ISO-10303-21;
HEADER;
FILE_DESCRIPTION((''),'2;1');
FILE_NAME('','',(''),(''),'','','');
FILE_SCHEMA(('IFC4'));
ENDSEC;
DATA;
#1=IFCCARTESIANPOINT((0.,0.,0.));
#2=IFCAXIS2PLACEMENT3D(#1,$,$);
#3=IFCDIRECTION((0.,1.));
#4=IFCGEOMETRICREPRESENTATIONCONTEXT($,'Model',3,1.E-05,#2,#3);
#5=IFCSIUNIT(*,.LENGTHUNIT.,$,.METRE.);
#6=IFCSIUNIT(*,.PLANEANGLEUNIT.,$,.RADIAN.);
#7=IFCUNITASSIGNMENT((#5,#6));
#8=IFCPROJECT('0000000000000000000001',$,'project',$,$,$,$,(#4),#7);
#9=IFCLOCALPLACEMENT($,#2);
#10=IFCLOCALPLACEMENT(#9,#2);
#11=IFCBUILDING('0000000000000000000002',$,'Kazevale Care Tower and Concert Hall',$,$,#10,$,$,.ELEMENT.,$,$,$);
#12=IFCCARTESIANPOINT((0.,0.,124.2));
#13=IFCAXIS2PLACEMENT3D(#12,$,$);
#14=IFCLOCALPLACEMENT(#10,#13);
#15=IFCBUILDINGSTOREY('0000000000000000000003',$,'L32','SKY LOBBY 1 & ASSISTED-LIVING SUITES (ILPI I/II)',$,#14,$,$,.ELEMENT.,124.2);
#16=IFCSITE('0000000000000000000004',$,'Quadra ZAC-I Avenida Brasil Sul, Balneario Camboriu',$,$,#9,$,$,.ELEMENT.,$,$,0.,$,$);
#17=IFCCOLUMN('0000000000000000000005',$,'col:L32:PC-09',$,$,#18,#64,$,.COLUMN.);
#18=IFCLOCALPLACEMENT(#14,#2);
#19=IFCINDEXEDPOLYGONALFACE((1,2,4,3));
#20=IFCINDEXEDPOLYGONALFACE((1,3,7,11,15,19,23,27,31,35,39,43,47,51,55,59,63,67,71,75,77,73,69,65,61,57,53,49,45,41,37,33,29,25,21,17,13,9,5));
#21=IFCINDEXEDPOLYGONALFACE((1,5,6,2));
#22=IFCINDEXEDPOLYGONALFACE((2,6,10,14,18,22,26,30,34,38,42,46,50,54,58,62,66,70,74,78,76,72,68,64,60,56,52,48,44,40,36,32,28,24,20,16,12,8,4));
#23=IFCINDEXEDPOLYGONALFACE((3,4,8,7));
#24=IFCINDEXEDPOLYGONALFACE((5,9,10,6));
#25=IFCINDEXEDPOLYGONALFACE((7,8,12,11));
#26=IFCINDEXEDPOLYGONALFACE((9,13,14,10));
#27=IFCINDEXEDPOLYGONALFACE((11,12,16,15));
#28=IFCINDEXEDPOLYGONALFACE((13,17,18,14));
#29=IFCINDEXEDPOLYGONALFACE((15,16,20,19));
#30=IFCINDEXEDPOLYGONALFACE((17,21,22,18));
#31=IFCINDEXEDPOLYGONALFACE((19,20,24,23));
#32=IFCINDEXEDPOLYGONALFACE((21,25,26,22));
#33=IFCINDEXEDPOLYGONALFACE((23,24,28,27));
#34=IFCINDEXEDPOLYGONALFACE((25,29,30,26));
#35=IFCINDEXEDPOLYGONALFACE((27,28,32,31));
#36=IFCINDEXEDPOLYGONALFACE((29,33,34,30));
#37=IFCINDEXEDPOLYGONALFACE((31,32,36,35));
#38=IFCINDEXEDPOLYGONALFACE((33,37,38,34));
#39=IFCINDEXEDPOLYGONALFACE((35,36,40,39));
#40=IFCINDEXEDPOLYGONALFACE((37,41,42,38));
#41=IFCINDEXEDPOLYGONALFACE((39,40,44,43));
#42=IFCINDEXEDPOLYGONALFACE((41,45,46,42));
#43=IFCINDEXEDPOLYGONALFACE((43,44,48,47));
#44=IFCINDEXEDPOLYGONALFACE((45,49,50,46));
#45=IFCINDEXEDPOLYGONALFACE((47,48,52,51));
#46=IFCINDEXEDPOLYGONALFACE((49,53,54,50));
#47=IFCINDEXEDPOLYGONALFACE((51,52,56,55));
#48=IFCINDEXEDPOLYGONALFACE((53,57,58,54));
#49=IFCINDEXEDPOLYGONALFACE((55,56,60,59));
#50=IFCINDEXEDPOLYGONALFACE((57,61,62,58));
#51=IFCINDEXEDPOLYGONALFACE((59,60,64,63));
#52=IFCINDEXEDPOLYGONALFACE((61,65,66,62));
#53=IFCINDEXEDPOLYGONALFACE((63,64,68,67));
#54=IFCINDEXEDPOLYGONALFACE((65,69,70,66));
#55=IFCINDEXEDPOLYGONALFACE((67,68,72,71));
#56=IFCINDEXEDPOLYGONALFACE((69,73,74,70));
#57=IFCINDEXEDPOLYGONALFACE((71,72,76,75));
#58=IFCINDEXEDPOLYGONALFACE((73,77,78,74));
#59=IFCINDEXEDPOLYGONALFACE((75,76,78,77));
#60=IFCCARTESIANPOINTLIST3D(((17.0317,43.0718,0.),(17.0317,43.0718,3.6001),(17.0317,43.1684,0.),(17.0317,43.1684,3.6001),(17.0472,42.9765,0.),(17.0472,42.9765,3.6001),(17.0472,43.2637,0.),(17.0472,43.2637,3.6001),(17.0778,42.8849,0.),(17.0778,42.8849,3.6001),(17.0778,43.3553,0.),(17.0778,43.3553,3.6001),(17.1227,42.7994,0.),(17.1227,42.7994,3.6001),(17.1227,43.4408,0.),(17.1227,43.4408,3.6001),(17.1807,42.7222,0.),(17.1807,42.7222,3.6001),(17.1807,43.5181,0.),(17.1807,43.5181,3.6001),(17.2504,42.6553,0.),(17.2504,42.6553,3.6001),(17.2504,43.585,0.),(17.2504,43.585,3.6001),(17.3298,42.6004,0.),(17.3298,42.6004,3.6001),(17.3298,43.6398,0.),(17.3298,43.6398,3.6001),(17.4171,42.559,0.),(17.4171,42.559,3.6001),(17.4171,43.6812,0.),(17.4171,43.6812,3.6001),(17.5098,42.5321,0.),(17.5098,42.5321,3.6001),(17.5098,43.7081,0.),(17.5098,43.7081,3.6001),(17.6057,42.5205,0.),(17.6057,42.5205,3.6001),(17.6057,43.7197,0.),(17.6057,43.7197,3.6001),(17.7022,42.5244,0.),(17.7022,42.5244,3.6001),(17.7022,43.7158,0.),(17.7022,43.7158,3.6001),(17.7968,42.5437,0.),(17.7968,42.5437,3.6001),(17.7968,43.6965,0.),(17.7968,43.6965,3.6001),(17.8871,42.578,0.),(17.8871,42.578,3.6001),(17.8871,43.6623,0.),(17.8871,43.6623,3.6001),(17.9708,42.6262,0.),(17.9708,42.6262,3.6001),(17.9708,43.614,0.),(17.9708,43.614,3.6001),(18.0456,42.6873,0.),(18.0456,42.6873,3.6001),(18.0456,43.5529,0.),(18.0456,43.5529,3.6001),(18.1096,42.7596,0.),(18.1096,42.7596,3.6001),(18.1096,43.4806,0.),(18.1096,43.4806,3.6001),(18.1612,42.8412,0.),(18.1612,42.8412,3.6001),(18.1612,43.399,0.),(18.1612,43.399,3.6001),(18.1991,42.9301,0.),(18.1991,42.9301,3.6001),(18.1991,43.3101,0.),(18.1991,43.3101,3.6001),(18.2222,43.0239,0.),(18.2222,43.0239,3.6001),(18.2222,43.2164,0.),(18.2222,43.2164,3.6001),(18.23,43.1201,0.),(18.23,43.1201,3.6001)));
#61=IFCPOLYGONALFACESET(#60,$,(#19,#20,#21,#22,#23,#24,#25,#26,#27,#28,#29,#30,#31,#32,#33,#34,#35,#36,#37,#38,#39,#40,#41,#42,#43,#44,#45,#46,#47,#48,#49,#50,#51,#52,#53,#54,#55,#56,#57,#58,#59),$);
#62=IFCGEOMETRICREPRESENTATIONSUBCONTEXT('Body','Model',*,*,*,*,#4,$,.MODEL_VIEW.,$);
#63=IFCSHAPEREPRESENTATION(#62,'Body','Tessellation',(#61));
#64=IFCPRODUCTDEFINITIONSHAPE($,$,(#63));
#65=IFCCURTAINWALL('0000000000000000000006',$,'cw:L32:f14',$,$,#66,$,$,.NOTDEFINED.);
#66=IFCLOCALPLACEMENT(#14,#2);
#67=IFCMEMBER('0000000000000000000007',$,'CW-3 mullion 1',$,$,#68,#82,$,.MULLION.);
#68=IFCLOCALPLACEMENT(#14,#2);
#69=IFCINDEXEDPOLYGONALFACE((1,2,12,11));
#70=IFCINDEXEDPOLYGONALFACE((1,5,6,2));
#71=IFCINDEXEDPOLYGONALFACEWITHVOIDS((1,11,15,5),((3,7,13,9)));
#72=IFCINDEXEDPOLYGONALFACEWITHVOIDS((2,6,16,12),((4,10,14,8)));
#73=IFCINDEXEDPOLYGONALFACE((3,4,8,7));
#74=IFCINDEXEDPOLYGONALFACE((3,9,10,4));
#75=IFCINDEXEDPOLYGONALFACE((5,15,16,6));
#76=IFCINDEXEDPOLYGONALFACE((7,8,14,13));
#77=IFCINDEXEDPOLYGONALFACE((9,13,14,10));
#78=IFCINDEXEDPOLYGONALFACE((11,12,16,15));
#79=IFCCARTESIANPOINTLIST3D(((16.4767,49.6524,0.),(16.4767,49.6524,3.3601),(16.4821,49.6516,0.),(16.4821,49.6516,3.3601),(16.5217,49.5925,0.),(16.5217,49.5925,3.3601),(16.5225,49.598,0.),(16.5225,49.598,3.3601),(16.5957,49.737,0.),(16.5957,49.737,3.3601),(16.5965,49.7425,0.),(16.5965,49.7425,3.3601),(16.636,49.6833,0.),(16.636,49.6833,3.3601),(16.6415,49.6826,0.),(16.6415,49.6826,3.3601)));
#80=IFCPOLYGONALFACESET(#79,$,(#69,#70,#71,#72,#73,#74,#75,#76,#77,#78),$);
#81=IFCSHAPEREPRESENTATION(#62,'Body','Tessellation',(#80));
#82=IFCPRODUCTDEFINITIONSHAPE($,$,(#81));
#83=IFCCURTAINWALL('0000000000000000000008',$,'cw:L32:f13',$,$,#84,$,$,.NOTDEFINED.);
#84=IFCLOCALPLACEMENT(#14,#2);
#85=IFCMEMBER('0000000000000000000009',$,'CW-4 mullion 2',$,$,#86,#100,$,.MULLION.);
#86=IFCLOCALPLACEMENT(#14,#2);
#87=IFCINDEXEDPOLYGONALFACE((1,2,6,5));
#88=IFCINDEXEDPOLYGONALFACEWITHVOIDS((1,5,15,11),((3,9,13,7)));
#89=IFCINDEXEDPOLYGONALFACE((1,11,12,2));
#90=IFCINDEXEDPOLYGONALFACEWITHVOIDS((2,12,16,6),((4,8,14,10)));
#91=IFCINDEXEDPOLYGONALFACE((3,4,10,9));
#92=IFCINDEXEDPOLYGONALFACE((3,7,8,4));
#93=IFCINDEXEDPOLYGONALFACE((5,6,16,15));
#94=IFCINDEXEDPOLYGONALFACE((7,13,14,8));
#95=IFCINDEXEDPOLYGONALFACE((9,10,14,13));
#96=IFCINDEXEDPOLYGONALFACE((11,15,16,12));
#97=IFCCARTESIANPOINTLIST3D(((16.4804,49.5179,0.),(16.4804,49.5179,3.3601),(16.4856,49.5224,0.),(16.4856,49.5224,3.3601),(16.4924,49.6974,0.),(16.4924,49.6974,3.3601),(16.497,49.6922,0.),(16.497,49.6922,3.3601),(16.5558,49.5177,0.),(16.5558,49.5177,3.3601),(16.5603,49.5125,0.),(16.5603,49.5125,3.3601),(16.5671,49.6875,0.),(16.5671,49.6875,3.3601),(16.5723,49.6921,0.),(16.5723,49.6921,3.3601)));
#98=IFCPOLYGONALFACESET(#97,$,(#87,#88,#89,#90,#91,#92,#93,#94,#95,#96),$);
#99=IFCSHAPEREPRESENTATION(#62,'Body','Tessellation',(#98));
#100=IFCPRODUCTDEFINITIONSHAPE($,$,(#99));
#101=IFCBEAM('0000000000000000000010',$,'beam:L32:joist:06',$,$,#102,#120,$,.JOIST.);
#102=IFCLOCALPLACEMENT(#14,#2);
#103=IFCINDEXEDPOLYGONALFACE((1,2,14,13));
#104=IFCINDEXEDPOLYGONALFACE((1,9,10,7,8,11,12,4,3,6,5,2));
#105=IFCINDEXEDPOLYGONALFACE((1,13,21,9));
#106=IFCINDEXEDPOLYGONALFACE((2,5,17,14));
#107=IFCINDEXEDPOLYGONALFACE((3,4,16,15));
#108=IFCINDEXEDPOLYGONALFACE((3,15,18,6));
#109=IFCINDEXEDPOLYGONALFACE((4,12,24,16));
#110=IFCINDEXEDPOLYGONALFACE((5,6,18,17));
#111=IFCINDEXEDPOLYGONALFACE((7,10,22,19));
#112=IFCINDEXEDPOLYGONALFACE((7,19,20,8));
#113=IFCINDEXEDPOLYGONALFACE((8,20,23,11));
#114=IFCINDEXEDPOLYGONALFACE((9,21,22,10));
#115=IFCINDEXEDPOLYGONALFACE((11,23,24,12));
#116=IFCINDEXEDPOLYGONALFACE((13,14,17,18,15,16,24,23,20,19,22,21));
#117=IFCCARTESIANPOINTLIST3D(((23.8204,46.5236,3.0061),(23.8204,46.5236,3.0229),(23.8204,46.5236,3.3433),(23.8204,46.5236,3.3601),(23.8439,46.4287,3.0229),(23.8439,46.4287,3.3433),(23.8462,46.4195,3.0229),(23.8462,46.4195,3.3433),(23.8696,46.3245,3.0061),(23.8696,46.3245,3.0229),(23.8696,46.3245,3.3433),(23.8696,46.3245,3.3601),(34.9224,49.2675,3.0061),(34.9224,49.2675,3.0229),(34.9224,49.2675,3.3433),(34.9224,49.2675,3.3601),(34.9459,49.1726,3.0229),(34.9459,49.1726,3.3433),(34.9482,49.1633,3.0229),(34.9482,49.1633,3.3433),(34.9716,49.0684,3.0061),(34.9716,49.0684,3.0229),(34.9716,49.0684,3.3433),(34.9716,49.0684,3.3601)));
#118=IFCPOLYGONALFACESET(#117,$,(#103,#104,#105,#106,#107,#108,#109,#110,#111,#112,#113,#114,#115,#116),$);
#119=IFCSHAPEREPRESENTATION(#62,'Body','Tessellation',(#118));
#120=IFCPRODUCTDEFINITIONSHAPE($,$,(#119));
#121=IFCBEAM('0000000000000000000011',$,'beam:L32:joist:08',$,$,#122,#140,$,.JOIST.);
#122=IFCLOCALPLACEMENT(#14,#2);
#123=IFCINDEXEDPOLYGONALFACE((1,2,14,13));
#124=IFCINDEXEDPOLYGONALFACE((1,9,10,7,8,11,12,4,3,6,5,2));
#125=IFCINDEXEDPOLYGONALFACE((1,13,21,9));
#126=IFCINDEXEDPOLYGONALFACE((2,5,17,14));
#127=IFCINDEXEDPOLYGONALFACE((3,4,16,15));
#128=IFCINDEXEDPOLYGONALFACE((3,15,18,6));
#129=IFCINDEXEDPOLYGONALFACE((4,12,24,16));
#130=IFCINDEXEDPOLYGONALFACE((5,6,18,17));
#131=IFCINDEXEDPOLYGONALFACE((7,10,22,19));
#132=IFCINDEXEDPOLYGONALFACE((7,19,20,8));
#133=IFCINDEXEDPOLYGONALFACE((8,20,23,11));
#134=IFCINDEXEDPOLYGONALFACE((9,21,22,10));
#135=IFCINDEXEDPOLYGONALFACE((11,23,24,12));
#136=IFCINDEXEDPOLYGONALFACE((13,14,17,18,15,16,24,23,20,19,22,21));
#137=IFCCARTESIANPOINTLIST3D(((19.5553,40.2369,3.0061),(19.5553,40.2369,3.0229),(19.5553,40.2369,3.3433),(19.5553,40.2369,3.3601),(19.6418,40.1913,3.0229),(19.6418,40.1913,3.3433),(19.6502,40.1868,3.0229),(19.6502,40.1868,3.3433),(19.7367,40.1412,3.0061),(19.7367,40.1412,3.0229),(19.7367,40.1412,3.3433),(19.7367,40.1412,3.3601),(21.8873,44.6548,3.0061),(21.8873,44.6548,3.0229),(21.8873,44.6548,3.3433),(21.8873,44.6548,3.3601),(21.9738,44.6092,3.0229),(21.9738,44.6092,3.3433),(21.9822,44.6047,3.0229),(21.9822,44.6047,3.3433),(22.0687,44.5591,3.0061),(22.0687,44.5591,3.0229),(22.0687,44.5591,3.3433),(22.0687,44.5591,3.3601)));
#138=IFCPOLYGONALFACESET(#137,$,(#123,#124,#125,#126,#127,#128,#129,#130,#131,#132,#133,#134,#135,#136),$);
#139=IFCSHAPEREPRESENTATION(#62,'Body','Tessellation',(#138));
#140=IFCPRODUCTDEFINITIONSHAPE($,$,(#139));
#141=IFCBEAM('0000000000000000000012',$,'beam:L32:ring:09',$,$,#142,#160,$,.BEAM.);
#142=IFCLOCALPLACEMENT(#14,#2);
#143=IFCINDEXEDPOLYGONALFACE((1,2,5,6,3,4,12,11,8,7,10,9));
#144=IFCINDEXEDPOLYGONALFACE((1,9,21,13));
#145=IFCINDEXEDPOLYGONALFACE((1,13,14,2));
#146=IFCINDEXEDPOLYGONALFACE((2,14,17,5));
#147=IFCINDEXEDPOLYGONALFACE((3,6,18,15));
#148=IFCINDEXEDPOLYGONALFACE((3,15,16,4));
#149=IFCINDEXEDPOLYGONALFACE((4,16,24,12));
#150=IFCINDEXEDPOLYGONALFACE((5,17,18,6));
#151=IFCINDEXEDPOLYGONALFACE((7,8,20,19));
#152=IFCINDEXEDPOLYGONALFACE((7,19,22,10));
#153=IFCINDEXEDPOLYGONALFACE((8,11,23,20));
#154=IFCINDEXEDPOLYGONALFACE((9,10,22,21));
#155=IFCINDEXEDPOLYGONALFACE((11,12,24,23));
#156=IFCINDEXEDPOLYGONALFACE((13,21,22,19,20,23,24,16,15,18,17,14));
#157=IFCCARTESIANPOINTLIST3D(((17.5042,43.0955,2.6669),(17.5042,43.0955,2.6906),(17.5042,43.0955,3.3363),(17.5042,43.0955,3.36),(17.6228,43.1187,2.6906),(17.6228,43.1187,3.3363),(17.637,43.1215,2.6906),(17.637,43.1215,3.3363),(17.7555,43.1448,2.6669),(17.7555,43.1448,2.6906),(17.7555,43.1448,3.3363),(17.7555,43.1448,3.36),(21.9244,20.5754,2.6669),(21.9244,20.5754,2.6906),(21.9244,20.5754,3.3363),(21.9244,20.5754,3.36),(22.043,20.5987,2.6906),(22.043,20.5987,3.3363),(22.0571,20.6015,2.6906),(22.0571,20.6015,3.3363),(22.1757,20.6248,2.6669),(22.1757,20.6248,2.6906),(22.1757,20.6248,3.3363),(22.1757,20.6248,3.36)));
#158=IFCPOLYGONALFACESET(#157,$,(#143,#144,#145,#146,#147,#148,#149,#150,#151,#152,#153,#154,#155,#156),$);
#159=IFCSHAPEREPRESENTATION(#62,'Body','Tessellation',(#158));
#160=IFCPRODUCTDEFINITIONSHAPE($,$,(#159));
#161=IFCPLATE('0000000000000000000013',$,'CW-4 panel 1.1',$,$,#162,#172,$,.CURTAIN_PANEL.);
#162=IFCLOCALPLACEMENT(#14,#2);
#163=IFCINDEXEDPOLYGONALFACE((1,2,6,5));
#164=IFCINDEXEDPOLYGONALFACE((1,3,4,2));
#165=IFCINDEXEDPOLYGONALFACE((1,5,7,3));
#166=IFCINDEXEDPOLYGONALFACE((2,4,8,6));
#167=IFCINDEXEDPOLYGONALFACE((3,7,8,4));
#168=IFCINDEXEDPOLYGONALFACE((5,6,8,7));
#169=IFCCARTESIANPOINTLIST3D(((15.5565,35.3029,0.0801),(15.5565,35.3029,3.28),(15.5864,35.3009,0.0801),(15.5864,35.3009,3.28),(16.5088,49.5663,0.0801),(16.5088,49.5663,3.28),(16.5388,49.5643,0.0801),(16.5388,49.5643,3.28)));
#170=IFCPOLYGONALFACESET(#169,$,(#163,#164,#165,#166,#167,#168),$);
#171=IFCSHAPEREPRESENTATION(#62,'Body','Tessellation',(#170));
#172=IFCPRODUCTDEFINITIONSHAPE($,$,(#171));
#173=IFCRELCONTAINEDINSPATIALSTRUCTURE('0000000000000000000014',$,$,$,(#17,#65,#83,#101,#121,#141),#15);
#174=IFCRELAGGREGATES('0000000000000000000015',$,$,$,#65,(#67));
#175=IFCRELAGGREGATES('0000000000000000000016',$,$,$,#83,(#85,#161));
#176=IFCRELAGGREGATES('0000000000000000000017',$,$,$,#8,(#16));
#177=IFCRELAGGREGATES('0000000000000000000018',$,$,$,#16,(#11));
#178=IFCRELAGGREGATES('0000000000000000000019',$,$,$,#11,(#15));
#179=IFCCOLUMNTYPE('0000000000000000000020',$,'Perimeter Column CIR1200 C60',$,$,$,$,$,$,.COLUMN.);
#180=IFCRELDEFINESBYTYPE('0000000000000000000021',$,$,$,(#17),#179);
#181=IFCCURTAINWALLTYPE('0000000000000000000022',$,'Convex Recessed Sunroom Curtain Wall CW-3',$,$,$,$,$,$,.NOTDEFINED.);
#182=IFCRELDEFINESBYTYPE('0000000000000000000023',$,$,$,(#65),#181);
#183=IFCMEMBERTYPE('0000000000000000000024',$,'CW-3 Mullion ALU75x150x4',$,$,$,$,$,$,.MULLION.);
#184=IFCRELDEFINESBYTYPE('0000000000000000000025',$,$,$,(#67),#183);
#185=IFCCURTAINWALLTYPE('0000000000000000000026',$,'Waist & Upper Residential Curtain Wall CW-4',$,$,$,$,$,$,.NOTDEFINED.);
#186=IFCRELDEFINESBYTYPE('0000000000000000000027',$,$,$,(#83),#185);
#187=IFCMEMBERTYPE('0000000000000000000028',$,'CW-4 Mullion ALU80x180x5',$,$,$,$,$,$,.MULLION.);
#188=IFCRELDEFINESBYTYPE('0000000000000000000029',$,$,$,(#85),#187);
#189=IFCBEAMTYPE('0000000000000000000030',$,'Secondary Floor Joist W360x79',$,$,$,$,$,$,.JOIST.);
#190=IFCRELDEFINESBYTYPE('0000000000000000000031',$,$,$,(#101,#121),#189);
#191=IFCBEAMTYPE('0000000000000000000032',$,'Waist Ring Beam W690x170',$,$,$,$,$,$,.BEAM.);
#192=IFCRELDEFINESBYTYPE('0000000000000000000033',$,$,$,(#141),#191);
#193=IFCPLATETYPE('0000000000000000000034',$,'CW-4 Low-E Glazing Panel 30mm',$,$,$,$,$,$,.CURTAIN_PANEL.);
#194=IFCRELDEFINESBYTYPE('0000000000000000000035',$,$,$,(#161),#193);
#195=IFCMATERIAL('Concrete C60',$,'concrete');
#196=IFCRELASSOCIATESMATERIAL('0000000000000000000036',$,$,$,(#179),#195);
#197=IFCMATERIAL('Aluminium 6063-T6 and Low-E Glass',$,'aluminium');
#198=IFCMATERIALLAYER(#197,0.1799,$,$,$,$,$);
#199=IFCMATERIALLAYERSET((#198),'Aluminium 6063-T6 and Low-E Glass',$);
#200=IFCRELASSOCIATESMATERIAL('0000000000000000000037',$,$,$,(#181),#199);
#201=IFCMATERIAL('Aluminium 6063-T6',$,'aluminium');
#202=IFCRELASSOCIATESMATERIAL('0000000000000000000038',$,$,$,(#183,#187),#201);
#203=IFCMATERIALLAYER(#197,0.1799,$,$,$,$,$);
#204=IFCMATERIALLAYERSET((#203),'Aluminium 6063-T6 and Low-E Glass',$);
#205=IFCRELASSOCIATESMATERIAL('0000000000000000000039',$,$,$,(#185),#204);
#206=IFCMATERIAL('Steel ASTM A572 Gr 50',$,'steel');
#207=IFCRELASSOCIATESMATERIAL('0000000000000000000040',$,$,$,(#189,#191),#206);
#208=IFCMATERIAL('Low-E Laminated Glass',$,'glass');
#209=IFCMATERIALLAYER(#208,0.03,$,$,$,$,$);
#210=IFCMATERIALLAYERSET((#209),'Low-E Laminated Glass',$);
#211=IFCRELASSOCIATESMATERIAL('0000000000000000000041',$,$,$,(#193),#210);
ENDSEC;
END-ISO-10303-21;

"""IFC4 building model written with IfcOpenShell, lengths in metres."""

from ifc_helpers import new_model, si_unit, direction, frame, origin, origin_2d, place, context, subcontext, project, spatial, rectangle, hollow_rectangle, circle, i_section, extrude, material, layer, layer_set, material_profile, profile_set, type_object, element, aggregate, save


model = new_model("IFC4")

# Units and contexts
model_context = context("Model", 3, precision=1e-05, world=origin(), true_north=direction((0.0, 1.0)))
body_context = subcontext(model_context, "Body", "Model", "MODEL_VIEW")
ifc_project = project(units=[si_unit("LENGTHUNIT", "METRE"), si_unit("PLANEANGLEUNIT", "RADIAN")], contexts=[model_context])

# Site, building, storey
site_placement = place(None, origin())
site = spatial("IfcSite", under=ifc_project, at=site_placement, Name="Quadra ZAC-I Avenida Brasil Sul, Balneario Camboriu", CompositionType="ELEMENT", RefElevation=0.0)
building_placement = place(site_placement, origin())
building = spatial("IfcBuilding", under=site, at=building_placement, Name="Kazevale Care Tower and Concert Hall", CompositionType="ELEMENT")
storey_placement = place(building_placement, frame((0.0, 0.0, 124.2)))
storey = spatial("IfcBuildingStorey", under=building, at=storey_placement, Name="L32", Description="SKY LOBBY 1 & ASSISTED-LIVING SUITES (ILPI I/II)", CompositionType="ELEMENT", Elevation=124.2)

# Column
ifc_material_1 = material(Name="Concrete C60", Category="concrete")
ifc_material_profile_1 = material_profile(ifc_material_1, circle(Radius=0.6001, at=origin_2d()), Name="RC-CIR1200")
ifc_profile_set_1 = profile_set([ifc_material_profile_1], Name="Concrete C60")
column_type = type_object("IfcColumnType", Name="Perimeter Column CIR1200 C60", PredefinedType="COLUMN", material=ifc_profile_set_1)
column_placement = place(storey_placement, frame((17.6299, 43.1201, 0.0), z_axis=(0.0, 0.0, 1.0), x_axis=(1.0, 0.0, 0.0)))
element("IfcColumn", 1, at=column_placement, inside=storey, type_object=column_type, Name="col:L32:PC-09", PredefinedType="COLUMN", context=body_context, shape_type="SweptSolid", body=[
    extrude(circle(Radius=0.6001, at=origin_2d()), origin(), (0.0, 0.0, 1.0), 3.6001),
])

# Curtain walls, members
ifc_material_2 = material(Name="Aluminium 6063-T6 and Low-E Glass", Category="aluminium")
ifc_layer_1 = layer(ifc_material_2, 0.1799)
ifc_layer_set_1 = layer_set([ifc_layer_1], Name="Aluminium 6063-T6 and Low-E Glass")
curtain_wall_type_1 = type_object("IfcCurtainWallType", Name="Convex Recessed Sunroom Curtain Wall CW-3", PredefinedType="NOTDEFINED", material=ifc_layer_set_1)
curtain_wall_1_placement = place(storey_placement, origin())
curtain_wall_1 = element("IfcCurtainWall", 2, at=curtain_wall_1_placement, inside=storey, type_object=curtain_wall_type_1, Name="cw:L32:f14", PredefinedType="NOTDEFINED")
ifc_material_3 = material(Name="Aluminium 6063-T6", Category="aluminium")
ifc_material_profile_2 = material_profile(ifc_material_3, hollow_rectangle(XDim=0.075, YDim=0.1499, WallThickness=0.0039, at=origin_2d()), Name="ALU75x150x4")
ifc_profile_set_2 = profile_set([ifc_material_profile_2], Name="Aluminium 6063-T6")
member_type_1 = type_object("IfcMemberType", Name="CW-3 Mullion ALU75x150x4", PredefinedType="MULLION", material=ifc_profile_set_2)
member_1_placement = place(storey_placement, frame((16.5591, 49.6675, 0.0), z_axis=(0.0, 0.0, 1.0), x_axis=(-0.600798, 0.799401, 0.0)))
member_1 = element("IfcMember", 3, at=member_1_placement, type_object=member_type_1, Name="CW-3 mullion 1", PredefinedType="MULLION", context=body_context, shape_type="SweptSolid", body=[
    extrude(hollow_rectangle(XDim=0.075, YDim=0.1499, WallThickness=0.0039, at=origin_2d()), origin(), (0.0, 0.0, 1.0), 3.3601),
])
aggregate(curtain_wall_1, [member_1])
ifc_layer_2 = layer(ifc_material_2, 0.1799)
ifc_layer_set_2 = layer_set([ifc_layer_2], Name="Aluminium 6063-T6 and Low-E Glass")
curtain_wall_type_2 = type_object("IfcCurtainWallType", Name="Waist & Upper Residential Curtain Wall CW-4", PredefinedType="NOTDEFINED", material=ifc_layer_set_2)
curtain_wall_2_placement = place(storey_placement, origin())
curtain_wall_2 = element("IfcCurtainWall", 4, at=curtain_wall_2_placement, inside=storey, type_object=curtain_wall_type_2, Name="cw:L32:f13", PredefinedType="NOTDEFINED")
ifc_material_profile_3 = material_profile(ifc_material_3, hollow_rectangle(XDim=0.0801, YDim=0.1799, WallThickness=0.0049, at=origin_2d()), Name="ALU80x180x5")
ifc_profile_set_3 = profile_set([ifc_material_profile_3], Name="Aluminium 6063-T6")
member_type_2 = type_object("IfcMemberType", Name="CW-4 Mullion ALU80x180x5", PredefinedType="MULLION", material=ifc_profile_set_3)
member_2_placement = place(storey_placement, frame((16.5264, 49.605, 0.0), z_axis=(0.0, 0.0, 1.0), x_axis=(-0.997778, 0.06662, 0.0)))
member_2 = element("IfcMember", 5, at=member_2_placement, type_object=member_type_2, Name="CW-4 mullion 2", PredefinedType="MULLION", context=body_context, shape_type="SweptSolid", body=[
    extrude(hollow_rectangle(XDim=0.0801, YDim=0.1799, WallThickness=0.0049, at=origin_2d()), origin(), (0.0, 0.0, 1.0), 3.3601),
])

# Beams
ifc_material_4 = material(Name="Steel ASTM A572 Gr 50", Category="steel")
ifc_material_profile_4 = material_profile(ifc_material_4, i_section(OverallWidth=0.2051, OverallDepth=0.354, WebThickness=0.0095, FlangeThickness=0.0168, at=origin_2d()), Name="W360x79")
ifc_profile_set_4 = profile_set([ifc_material_profile_4], Name="Steel ASTM A572 Gr 50")
beam_type_1 = type_object("IfcBeamType", Name="Secondary Floor Joist W360x79", PredefinedType="JOIST", material=ifc_profile_set_4)
beam_1_placement = place(storey_placement, frame((34.947, 49.168, 3.1831), z_axis=(-0.97079, -0.239933, 0.0), x_axis=(0.239933, -0.97079, 0.0)))
element("IfcBeam", 6, at=beam_1_placement, inside=storey, type_object=beam_type_1, Name="beam:L32:joist:06", PredefinedType="JOIST", context=body_context, shape_type="SweptSolid", body=[
    extrude(i_section(OverallWidth=0.2051, OverallDepth=0.354, WebThickness=0.0095, FlangeThickness=0.0168, at=origin_2d()), origin(), (0.0, 0.0, 1.0), 11.436),
])
beam_2_placement = place(storey_placement, frame((21.978, 44.6069, 3.1831), z_axis=(-0.46681, -0.884358, 0.0), x_axis=(0.884358, -0.46681, 0.0)))
element("IfcBeam", 7, at=beam_2_placement, inside=storey, type_object=beam_type_1, Name="beam:L32:joist:08", PredefinedType="JOIST", context=body_context, shape_type="SweptSolid", body=[
    extrude(i_section(OverallWidth=0.2051, OverallDepth=0.354, WebThickness=0.0095, FlangeThickness=0.0168, at=origin_2d()), origin(), (0.0, 0.0, 1.0), 4.9956),
])
ifc_material_profile_5 = material_profile(ifc_material_4, i_section(OverallWidth=0.2561, OverallDepth=0.6931, WebThickness=0.0144, FlangeThickness=0.0237, at=origin_2d()), Name="W690x170")
ifc_profile_set_5 = profile_set([ifc_material_profile_5], Name="Steel ASTM A572 Gr 50")
beam_type_2 = type_object("IfcBeamType", Name="Waist Ring Beam W690x170", PredefinedType="BEAM", material=ifc_profile_set_5)
beam_3_placement = place(storey_placement, frame((17.6299, 43.1201, 3.0134), z_axis=(0.192602, -0.981277, 0.0), x_axis=(0.981277, 0.192602, 0.0)))
element("IfcBeam", 8, at=beam_3_placement, inside=storey, type_object=beam_type_2, Name="beam:L32:ring:09", PredefinedType="BEAM", context=body_context, shape_type="SweptSolid", body=[
    extrude(i_section(OverallWidth=0.2561, OverallDepth=0.6931, WebThickness=0.0144, FlangeThickness=0.0237, at=origin_2d()), origin(), (0.0, 0.0, 1.0), 22.9497),
])

# Plate
ifc_material_5 = material(Name="Low-E Laminated Glass", Category="glass")
ifc_layer_3 = layer(ifc_material_5, 0.03)
ifc_layer_set_3 = layer_set([ifc_layer_3], Name="Low-E Laminated Glass")
plate_type = type_object("IfcPlateType", Name="CW-4 Low-E Glazing Panel 30mm", PredefinedType="CURTAIN_PANEL", material=ifc_layer_set_3)
plate_placement = place(storey_placement, frame((16.0476, 42.4336, 0.0801), z_axis=(0.0, 0.0, 1.0), x_axis=(0.06662, 0.997778, 0.0)))
plate = element("IfcPlate", 9, at=plate_placement, type_object=plate_type, Name="CW-4 panel 1.1", PredefinedType="CURTAIN_PANEL", context=body_context, shape_type="SweptSolid", body=[
    extrude(rectangle(XDim=14.2952, YDim=0.03, at=origin_2d()), origin(), (0.0, 0.0, 1.0), 3.2),
])
aggregate(curtain_wall_2, [member_2, plate])

save(model, "model.ifc")
